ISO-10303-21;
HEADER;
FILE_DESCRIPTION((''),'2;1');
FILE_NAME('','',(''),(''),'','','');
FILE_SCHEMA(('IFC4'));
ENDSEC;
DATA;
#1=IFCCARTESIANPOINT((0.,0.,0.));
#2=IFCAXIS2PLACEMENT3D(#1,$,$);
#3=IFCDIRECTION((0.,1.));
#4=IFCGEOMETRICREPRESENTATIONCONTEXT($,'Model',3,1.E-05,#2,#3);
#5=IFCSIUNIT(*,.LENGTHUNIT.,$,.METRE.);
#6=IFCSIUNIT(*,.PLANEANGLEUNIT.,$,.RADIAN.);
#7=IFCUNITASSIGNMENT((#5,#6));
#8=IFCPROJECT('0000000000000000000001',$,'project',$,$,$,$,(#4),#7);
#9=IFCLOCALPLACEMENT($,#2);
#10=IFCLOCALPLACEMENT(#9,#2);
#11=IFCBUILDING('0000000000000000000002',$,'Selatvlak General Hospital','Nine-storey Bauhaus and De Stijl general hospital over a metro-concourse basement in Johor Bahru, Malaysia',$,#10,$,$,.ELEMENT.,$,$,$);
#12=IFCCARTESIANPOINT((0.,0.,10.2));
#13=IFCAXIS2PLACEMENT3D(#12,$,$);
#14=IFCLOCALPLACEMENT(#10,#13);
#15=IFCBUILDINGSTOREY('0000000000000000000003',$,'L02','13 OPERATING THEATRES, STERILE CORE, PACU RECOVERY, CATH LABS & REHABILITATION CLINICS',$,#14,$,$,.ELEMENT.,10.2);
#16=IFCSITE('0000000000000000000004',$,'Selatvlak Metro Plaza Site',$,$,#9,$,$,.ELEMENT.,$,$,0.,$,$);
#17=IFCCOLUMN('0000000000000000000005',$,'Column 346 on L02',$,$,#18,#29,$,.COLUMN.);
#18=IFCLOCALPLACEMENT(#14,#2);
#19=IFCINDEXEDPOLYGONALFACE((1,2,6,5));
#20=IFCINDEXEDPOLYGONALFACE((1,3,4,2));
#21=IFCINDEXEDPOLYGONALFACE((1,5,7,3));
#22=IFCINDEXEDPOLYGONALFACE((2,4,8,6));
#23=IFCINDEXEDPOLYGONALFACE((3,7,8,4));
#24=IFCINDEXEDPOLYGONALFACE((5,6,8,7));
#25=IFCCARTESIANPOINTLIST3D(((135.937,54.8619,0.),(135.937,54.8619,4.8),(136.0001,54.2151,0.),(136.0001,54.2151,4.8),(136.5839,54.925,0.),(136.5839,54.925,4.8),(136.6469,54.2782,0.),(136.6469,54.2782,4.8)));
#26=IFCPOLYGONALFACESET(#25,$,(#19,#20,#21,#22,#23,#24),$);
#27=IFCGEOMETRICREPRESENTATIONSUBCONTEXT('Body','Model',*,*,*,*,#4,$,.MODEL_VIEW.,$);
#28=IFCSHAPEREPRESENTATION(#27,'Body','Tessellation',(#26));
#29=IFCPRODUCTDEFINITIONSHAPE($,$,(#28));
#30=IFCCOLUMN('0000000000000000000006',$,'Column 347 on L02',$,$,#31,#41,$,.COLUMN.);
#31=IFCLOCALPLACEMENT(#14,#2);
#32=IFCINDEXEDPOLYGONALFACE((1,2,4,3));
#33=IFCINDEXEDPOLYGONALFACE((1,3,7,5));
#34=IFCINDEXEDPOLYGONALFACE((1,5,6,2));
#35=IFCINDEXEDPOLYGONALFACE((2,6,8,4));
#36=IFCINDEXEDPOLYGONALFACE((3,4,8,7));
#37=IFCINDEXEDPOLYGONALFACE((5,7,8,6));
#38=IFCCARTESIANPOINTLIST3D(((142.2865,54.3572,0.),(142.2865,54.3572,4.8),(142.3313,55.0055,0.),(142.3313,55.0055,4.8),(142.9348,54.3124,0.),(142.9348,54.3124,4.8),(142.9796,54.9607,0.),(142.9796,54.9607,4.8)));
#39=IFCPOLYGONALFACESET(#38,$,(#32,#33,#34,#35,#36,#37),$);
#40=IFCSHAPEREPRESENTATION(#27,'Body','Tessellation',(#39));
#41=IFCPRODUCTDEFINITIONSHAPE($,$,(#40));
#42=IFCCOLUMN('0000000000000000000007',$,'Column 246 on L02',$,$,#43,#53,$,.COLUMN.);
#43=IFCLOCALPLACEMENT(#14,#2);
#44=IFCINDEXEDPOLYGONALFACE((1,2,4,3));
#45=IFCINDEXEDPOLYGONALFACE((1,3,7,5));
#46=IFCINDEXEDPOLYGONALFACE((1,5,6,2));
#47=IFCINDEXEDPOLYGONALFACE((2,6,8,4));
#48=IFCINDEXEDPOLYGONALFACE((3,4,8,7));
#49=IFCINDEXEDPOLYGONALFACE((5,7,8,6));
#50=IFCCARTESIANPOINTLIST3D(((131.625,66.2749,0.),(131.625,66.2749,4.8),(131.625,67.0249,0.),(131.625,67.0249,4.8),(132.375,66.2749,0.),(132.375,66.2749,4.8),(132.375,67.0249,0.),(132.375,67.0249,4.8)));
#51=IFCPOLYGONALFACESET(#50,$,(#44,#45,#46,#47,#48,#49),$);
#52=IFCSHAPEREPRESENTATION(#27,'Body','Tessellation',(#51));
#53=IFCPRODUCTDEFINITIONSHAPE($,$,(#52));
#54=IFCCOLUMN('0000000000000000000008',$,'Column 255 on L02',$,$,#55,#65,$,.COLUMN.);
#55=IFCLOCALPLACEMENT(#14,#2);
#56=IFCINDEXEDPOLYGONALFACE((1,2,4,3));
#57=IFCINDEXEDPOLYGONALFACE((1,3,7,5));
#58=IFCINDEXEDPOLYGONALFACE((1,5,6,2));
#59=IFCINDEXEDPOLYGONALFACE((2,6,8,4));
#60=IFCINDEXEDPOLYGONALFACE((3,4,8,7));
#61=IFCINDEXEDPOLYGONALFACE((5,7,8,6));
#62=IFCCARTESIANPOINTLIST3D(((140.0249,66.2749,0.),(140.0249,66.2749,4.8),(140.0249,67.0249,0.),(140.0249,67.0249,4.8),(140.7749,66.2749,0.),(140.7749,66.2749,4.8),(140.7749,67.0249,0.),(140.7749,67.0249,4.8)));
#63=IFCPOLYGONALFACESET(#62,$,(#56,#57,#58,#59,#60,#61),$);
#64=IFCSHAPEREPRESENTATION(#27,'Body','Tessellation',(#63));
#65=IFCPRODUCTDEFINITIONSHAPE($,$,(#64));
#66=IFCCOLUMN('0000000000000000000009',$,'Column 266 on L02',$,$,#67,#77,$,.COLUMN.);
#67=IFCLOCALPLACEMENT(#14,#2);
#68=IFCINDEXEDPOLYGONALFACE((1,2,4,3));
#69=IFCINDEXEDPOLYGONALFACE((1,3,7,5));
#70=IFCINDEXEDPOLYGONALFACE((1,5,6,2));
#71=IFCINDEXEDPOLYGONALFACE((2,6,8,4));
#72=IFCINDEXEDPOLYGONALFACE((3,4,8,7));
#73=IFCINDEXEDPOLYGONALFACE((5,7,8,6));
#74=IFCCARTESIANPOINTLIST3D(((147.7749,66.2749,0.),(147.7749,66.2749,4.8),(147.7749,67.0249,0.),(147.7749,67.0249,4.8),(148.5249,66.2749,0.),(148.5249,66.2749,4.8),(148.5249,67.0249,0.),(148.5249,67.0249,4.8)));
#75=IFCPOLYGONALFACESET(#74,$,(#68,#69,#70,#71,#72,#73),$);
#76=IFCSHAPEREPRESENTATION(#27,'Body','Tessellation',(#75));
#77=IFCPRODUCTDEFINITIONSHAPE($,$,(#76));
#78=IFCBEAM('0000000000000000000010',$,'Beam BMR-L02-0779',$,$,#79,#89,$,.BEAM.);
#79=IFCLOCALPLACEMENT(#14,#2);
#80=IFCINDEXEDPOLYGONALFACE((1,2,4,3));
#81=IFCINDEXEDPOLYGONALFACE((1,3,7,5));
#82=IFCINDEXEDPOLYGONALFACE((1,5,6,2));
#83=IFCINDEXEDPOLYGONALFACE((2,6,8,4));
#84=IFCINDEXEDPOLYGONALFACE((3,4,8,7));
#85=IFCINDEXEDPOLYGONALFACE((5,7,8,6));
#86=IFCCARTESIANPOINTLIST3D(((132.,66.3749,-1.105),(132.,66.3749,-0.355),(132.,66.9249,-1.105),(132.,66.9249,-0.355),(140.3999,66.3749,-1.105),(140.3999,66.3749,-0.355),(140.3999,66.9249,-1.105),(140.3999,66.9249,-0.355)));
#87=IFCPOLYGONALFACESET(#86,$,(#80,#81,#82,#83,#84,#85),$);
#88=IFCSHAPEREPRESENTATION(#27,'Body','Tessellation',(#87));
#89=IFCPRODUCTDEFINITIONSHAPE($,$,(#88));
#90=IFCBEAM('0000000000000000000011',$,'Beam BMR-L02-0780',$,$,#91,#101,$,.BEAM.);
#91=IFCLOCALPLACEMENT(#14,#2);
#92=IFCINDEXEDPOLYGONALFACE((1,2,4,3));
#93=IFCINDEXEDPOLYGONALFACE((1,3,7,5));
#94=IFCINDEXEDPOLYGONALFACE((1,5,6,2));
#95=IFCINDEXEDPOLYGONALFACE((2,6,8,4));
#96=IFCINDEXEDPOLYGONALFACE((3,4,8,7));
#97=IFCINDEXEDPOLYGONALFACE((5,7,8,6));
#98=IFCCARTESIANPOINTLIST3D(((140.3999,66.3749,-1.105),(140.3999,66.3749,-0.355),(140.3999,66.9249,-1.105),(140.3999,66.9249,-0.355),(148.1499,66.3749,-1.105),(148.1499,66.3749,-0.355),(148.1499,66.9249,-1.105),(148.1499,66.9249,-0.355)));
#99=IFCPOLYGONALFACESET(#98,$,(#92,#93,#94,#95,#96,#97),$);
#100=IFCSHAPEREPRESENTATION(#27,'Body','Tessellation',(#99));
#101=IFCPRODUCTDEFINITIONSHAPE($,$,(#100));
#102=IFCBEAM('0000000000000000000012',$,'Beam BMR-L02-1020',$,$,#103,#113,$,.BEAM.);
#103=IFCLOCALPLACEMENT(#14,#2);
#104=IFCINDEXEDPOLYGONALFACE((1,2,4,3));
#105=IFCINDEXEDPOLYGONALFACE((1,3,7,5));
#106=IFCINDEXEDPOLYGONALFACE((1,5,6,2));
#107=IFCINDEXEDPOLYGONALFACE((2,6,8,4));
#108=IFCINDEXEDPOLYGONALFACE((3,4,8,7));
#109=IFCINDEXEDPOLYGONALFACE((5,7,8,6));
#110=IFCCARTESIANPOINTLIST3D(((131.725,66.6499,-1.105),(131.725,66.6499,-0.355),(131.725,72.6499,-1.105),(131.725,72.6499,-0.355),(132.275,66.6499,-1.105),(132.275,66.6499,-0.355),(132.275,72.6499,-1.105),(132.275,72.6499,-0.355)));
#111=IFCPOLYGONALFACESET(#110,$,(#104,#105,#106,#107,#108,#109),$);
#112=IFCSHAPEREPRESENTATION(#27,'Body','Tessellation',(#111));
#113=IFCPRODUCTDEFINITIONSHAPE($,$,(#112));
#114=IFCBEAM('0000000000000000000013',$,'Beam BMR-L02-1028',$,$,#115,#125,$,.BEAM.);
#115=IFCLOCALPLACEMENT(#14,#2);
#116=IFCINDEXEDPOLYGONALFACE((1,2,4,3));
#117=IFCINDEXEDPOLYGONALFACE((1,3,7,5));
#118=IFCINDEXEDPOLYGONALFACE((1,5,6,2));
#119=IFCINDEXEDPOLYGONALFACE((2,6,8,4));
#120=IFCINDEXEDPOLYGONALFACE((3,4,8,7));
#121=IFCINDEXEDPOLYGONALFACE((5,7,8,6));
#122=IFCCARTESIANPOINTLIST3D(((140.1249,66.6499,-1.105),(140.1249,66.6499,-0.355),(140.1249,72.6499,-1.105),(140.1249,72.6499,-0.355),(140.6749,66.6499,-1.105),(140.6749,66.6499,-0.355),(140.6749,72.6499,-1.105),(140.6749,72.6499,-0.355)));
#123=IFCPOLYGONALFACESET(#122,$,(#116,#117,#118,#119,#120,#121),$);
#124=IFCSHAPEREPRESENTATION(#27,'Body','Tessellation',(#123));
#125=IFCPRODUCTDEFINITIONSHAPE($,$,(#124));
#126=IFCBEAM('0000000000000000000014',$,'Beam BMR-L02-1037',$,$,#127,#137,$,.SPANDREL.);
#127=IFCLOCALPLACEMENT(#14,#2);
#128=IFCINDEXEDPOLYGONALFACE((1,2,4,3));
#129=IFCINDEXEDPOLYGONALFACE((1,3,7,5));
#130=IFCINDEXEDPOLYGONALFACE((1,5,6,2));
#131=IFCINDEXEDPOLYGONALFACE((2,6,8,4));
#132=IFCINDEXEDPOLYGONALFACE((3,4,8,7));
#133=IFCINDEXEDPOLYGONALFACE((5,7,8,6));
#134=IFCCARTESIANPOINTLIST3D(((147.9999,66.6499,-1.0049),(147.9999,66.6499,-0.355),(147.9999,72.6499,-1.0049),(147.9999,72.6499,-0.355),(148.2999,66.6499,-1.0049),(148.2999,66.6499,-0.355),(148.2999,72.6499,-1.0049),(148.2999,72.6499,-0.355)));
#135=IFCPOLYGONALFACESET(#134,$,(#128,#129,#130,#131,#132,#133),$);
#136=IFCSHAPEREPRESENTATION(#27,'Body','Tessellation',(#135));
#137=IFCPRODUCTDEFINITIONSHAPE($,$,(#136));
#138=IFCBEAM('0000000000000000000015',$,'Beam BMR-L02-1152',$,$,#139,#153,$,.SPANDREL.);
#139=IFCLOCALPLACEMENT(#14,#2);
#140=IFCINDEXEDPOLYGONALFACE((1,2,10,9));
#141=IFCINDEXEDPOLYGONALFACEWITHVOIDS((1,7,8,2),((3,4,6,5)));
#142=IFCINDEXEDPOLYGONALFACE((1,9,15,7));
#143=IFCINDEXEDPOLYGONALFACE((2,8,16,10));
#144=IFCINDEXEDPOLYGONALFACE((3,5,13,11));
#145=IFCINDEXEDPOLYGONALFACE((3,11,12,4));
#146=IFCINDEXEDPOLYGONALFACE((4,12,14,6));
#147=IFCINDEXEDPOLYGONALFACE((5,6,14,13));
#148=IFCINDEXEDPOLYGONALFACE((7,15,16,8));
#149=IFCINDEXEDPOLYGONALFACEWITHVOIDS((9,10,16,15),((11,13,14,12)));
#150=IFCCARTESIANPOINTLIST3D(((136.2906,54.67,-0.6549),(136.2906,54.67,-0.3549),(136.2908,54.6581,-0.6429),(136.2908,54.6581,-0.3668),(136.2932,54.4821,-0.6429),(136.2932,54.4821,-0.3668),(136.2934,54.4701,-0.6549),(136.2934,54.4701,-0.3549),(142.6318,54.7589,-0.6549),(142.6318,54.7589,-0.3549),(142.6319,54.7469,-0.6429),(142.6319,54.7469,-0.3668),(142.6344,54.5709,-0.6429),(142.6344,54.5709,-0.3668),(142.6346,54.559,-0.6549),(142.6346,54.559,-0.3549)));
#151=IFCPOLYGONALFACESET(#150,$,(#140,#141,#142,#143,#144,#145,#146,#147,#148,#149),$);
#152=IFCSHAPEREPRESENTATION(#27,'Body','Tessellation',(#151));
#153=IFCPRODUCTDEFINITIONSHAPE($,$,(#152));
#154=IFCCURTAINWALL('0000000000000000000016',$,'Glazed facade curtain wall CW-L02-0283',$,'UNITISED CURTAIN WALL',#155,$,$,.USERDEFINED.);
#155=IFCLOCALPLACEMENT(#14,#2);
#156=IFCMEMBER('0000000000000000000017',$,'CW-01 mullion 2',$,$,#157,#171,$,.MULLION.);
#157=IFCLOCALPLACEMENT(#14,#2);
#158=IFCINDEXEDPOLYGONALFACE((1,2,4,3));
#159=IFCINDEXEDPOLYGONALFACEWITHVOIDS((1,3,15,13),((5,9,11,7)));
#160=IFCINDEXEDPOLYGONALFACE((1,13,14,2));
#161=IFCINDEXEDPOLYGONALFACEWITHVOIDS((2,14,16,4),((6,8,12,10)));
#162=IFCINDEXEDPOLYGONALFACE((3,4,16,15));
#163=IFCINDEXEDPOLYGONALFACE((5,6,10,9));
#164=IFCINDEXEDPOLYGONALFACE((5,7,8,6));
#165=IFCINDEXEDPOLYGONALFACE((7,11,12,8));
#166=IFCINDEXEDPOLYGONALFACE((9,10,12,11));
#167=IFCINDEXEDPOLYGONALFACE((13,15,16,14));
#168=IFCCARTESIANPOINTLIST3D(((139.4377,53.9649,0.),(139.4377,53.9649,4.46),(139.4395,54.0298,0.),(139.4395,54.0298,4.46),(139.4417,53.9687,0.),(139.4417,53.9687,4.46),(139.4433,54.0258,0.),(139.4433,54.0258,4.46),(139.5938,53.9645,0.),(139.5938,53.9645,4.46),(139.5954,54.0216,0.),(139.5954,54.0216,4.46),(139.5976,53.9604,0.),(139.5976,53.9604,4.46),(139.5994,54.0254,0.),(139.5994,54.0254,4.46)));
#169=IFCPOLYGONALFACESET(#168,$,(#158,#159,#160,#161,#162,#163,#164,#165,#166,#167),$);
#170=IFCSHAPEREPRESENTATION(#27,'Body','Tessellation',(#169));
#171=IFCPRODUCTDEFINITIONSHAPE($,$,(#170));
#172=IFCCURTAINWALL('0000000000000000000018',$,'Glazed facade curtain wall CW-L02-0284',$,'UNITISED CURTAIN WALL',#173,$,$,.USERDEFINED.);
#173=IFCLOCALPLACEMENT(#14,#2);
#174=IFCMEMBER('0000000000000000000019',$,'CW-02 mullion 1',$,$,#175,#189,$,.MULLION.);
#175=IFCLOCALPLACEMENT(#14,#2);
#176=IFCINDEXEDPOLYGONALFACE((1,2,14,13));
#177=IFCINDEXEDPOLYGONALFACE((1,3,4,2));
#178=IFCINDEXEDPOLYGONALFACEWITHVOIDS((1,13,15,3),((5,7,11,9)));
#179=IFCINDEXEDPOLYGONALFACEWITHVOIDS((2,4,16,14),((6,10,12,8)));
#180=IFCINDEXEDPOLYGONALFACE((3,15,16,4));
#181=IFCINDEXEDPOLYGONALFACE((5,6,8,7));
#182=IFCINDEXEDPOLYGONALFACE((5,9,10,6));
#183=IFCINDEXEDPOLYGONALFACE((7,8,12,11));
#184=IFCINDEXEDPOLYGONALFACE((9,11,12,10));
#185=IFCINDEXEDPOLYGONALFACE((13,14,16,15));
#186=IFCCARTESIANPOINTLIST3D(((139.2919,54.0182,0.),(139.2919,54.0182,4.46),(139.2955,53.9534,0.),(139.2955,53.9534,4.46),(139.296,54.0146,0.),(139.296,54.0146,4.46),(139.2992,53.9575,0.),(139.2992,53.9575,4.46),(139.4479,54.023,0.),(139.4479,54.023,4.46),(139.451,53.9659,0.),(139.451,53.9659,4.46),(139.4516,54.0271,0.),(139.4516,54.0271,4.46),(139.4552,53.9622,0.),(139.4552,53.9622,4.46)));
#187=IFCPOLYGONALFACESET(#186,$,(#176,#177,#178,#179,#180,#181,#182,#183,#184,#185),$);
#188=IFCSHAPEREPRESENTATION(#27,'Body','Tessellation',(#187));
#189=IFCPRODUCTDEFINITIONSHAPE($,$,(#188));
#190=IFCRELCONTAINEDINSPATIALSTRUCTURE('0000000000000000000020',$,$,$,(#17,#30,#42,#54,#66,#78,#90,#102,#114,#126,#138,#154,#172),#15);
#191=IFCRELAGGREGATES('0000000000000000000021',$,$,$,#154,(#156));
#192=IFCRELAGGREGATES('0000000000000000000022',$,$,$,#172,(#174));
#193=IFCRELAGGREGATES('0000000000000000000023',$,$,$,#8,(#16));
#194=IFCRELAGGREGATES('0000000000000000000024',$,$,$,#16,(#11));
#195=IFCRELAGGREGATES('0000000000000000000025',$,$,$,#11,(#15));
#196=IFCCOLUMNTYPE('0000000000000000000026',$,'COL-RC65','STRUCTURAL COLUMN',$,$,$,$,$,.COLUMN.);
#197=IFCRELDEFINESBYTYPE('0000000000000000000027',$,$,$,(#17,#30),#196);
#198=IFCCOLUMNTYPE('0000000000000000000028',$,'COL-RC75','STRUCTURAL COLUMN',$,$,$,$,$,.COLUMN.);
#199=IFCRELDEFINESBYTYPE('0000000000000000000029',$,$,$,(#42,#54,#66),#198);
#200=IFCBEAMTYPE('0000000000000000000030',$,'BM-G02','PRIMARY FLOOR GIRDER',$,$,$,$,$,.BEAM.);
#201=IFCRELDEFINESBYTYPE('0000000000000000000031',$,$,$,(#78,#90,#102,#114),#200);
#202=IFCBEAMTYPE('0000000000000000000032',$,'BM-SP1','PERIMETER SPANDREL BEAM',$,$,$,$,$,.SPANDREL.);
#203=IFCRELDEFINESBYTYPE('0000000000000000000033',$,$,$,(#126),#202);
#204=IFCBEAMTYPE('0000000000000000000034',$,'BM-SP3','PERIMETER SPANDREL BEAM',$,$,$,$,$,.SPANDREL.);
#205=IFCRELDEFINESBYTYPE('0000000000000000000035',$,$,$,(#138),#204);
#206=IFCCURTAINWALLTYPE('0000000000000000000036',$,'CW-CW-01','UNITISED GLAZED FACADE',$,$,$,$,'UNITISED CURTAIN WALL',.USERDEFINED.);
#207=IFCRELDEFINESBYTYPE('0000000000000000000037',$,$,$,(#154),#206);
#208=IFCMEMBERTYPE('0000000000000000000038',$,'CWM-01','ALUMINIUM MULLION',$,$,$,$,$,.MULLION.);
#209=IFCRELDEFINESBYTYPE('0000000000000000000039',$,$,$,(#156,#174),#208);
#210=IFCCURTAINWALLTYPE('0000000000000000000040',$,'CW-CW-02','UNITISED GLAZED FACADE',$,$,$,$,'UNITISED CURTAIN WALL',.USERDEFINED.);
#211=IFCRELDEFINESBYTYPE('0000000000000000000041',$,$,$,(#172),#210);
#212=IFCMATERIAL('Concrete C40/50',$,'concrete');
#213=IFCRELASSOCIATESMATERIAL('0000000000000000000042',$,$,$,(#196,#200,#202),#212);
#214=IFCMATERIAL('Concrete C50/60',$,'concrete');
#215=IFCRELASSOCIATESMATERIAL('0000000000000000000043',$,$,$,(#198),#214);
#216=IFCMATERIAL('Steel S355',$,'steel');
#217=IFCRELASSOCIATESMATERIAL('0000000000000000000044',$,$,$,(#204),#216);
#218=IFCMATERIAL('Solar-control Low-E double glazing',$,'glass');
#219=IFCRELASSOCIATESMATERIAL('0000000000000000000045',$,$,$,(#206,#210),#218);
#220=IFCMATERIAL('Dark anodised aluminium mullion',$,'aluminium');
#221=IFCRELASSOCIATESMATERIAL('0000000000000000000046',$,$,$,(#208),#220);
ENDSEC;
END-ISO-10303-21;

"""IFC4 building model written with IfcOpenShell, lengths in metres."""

from ifc_helpers import new_model, si_unit, direction, frame, origin, origin_2d, place, context, subcontext, project, spatial, rectangle, hollow_rectangle, extrude, material, material_profile, profile_set, type_object, element, aggregate, save


model = new_model("IFC4")

# Units and contexts
model_context = context("Model", 3, precision=1e-05, world=origin(), true_north=direction((0.0, 1.0)))
body_context = subcontext(model_context, "Body", "Model", "MODEL_VIEW")
ifc_project = project(units=[si_unit("LENGTHUNIT", "METRE"), si_unit("PLANEANGLEUNIT", "RADIAN")], contexts=[model_context])

# Site, building, storey
site_placement = place(None, origin())
site = spatial("IfcSite", under=ifc_project, at=site_placement, Name="Selatvlak Metro Plaza Site", CompositionType="ELEMENT", RefElevation=0.0)
building_placement = place(site_placement, origin())
building = spatial("IfcBuilding", under=site, at=building_placement, Name="Selatvlak General Hospital", Description="Nine-storey Bauhaus and De Stijl general hospital over a metro-concourse basement in Johor Bahru, Malaysia", CompositionType="ELEMENT")
storey_placement = place(building_placement, frame((0.0, 0.0, 10.2)))
storey = spatial("IfcBuildingStorey", under=building, at=storey_placement, Name="L02", Description="13 OPERATING THEATRES, STERILE CORE, PACU RECOVERY, CATH LABS & REHABILITATION CLINICS", CompositionType="ELEMENT", Elevation=10.2)

# Columns
ifc_material_1 = material(Name="Concrete C40/50", Category="concrete")
ifc_material_profile_1 = material_profile(ifc_material_1, rectangle(XDim=0.6499, YDim=0.6499, at=origin_2d()), Name="RC-COL 650x650")
ifc_profile_set_1 = profile_set([ifc_material_profile_1], Name="Concrete C40/50")
column_type_1 = type_object("IfcColumnType", Name="COL-RC65", Description="STRUCTURAL COLUMN", PredefinedType="COLUMN", material=ifc_profile_set_1)
for number, where, z_axis, x_axis, name in (
    (1, (136.292, 54.5701, 0.0), (0.0, 0.0, 1.0), (-0.097062, 0.995278, 0.0), "Column 346 on L02"),
    (2, (142.6331, 54.6589, 0.0), (0.0, 0.0, 1.0), (0.068938, 0.997621, 0.0), "Column 347 on L02"),
):
    element("IfcColumn", number, at=place(storey_placement, frame(where, z_axis=z_axis, x_axis=x_axis)), inside=storey, type_object=column_type_1, Name=name, PredefinedType="COLUMN", context=body_context, shape_type="SweptSolid", body=[
        extrude(rectangle(XDim=0.6499, YDim=0.6499, at=origin_2d()), origin(), (0.0, 0.0, 1.0), 4.8),
    ])
ifc_material_2 = material(Name="Concrete C50/60", Category="concrete")
ifc_material_profile_2 = material_profile(ifc_material_2, rectangle(XDim=0.75, YDim=0.75, at=origin_2d()), Name="RC-COL 750x750")
ifc_profile_set_2 = profile_set([ifc_material_profile_2], Name="Concrete C50/60")
column_type_2 = type_object("IfcColumnType", Name="COL-RC75", Description="STRUCTURAL COLUMN", PredefinedType="COLUMN", material=ifc_profile_set_2)
for number, where, z_axis, x_axis, name in (
    (3, (132.0, 66.6499, 0.0), (0.0, 0.0, 1.0), (1.0, 0.0, 0.0), "Column 246 on L02"),
    (4, (140.3999, 66.6499, 0.0), (0.0, 0.0, 1.0), (1.0, 0.0, 0.0), "Column 255 on L02"),
    (5, (148.1499, 66.6499, 0.0), (0.0, 0.0, 1.0), (1.0, 0.0, 0.0), "Column 266 on L02"),
):
    element("IfcColumn", number, at=place(storey_placement, frame(where, z_axis=z_axis, x_axis=x_axis)), inside=storey, type_object=column_type_2, Name=name, PredefinedType="COLUMN", context=body_context, shape_type="SweptSolid", body=[
        extrude(rectangle(XDim=0.75, YDim=0.75, at=origin_2d()), origin(), (0.0, 0.0, 1.0), 4.8),
    ])

# Beams
ifc_material_profile_3 = material_profile(ifc_material_1, rectangle(XDim=0.55, YDim=0.75, at=origin_2d()), Name="RC-BM 550x750")
ifc_profile_set_3 = profile_set([ifc_material_profile_3], Name="Concrete C40/50")
beam_type_1 = type_object("IfcBeamType", Name="BM-G02", Description="PRIMARY FLOOR GIRDER", PredefinedType="BEAM", material=ifc_profile_set_3)
beam_1_placement = place(storey_placement, frame((132.0, 66.6499, -0.73), z_axis=(1.0, 0.0, 0.0), x_axis=(0.0, 1.0, 0.0)))
element("IfcBeam", 6, at=beam_1_placement, inside=storey, type_object=beam_type_1, Name="Beam BMR-L02-0779", PredefinedType="BEAM", context=body_context, shape_type="SweptSolid", body=[
    extrude(rectangle(XDim=0.55, YDim=0.75, at=origin_2d()), origin(), (0.0, 0.0, 1.0), 8.3999),
])
beam_2_placement = place(storey_placement, frame((140.3999, 66.6499, -0.73), z_axis=(1.0, 0.0, 0.0), x_axis=(0.0, 1.0, 0.0)))
element("IfcBeam", 7, at=beam_2_placement, inside=storey, type_object=beam_type_1, Name="Beam BMR-L02-0780", PredefinedType="BEAM", context=body_context, shape_type="SweptSolid", body=[
    extrude(rectangle(XDim=0.55, YDim=0.75, at=origin_2d()), origin(), (0.0, 0.0, 1.0), 7.75),
])
for number, where, z_axis, x_axis, name in (
    (8, (132.0, 66.6499, -0.73), (0.0, 1.0, 0.0), (-1.0, 0.0, 0.0), "Beam BMR-L02-1020"),
    (9, (140.3999, 66.6499, -0.73), (0.0, 1.0, 0.0), (-1.0, 0.0, 0.0), "Beam BMR-L02-1028"),
):
    element("IfcBeam", number, at=place(storey_placement, frame(where, z_axis=z_axis, x_axis=x_axis)), inside=storey, type_object=beam_type_1, Name=name, PredefinedType="BEAM", context=body_context, shape_type="SweptSolid", body=[
        extrude(rectangle(XDim=0.55, YDim=0.75, at=origin_2d()), origin(), (0.0, 0.0, 1.0), 6.0),
    ])
ifc_material_profile_4 = material_profile(ifc_material_1, rectangle(XDim=0.3, YDim=0.6499, at=origin_2d()), Name="RC-SP 300x650")
ifc_profile_set_4 = profile_set([ifc_material_profile_4], Name="Concrete C40/50")
beam_type_2 = type_object("IfcBeamType", Name="BM-SP1", Description="PERIMETER SPANDREL BEAM", PredefinedType="SPANDREL", material=ifc_profile_set_4)
beam_3_placement = place(storey_placement, frame((148.1499, 66.6499, -0.6799), z_axis=(0.0, 1.0, 0.0), x_axis=(-1.0, 0.0, 0.0)))
element("IfcBeam", 10, at=beam_3_placement, inside=storey, type_object=beam_type_2, Name="Beam BMR-L02-1037", PredefinedType="SPANDREL", context=body_context, shape_type="SweptSolid", body=[
    extrude(rectangle(XDim=0.3, YDim=0.6499, at=origin_2d()), origin(), (0.0, 0.0, 1.0), 6.0),
])
ifc_material_3 = material(Name="Steel S355", Category="steel")
ifc_material_profile_5 = material_profile(ifc_material_3, hollow_rectangle(XDim=0.2, YDim=0.3, WallThickness=0.012, at=origin_2d()), Name="RHS 300x200x12")
ifc_profile_set_5 = profile_set([ifc_material_profile_5], Name="Steel S355")
beam_type_3 = type_object("IfcBeamType", Name="BM-SP3", Description="PERIMETER SPANDREL BEAM", PredefinedType="SPANDREL", material=ifc_profile_set_5)
beam_4_placement = place(storey_placement, frame((136.292, 54.5701, -0.5049), z_axis=(0.999902, 0.014013, 0.0), x_axis=(-0.014013, 0.999902, 0.0)))
element("IfcBeam", 11, at=beam_4_placement, inside=storey, type_object=beam_type_3, Name="Beam BMR-L02-1152", PredefinedType="SPANDREL", context=body_context, shape_type="SweptSolid", body=[
    extrude(hollow_rectangle(XDim=0.2, YDim=0.3, WallThickness=0.012, at=origin_2d()), origin(), (0.0, 0.0, 1.0), 6.3418),
])

# Curtain wall, member
ifc_material_4 = material(Name="Solar-control Low-E double glazing", Category="glass")
curtain_wall_type_1 = type_object("IfcCurtainWallType", Name="CW-CW-01", Description="UNITISED GLAZED FACADE", ElementType="UNITISED CURTAIN WALL", PredefinedType="USERDEFINED", material=ifc_material_4)
curtain_wall_1_placement = place(storey_placement, origin())
curtain_wall_1 = element("IfcCurtainWall", 12, at=curtain_wall_1_placement, inside=storey, type_object=curtain_wall_type_1, Name="Glazed facade curtain wall CW-L02-0283", ObjectType="UNITISED CURTAIN WALL", PredefinedType="USERDEFINED")
ifc_material_5 = material(Name="Dark anodised aluminium mullion", Category="aluminium")
ifc_material_profile_6 = material_profile(ifc_material_5, hollow_rectangle(XDim=0.0649, YDim=0.1599, WallThickness=0.0039, at=origin_2d()), Name="AL-MUL 65x160x4")
ifc_profile_set_6 = profile_set([ifc_material_profile_6], Name="Dark anodised aluminium mullion")
member_type_1 = type_object("IfcMemberType", Name="CWM-01", Description="ALUMINIUM MULLION", PredefinedType="MULLION", material=ifc_profile_set_6)
member_1_placement = place(storey_placement, frame((139.5186, 53.9951, 0.0), z_axis=(0.0, 0.0, 1.0), x_axis=(-0.027694, -0.999616, 0.0)))
member_1 = element("IfcMember", 13, at=member_1_placement, type_object=member_type_1, Name="CW-01 mullion 2", PredefinedType="MULLION", context=body_context, shape_type="SweptSolid", body=[
    extrude(hollow_rectangle(XDim=0.0649, YDim=0.1599, WallThickness=0.0039, at=origin_2d()), origin(), (0.0, 0.0, 1.0), 4.46),
])
aggregate(curtain_wall_1, [member_1])

# Curtain wall, member
curtain_wall_type_2 = type_object("IfcCurtainWallType", Name="CW-CW-02", Description="UNITISED GLAZED FACADE", ElementType="UNITISED CURTAIN WALL", PredefinedType="USERDEFINED", material=ifc_material_4)
curtain_wall_2_placement = place(storey_placement, origin())
curtain_wall_2 = element("IfcCurtainWall", 14, at=curtain_wall_2_placement, inside=storey, type_object=curtain_wall_type_2, Name="Glazed facade curtain wall CW-L02-0284", ObjectType="UNITISED CURTAIN WALL", PredefinedType="USERDEFINED")
member_2_placement = place(storey_placement, frame((139.3735, 53.9902, 0.0), z_axis=(0.0, 0.0, 1.0), x_axis=(0.055159, -0.998478, 0.0)))
member_2 = element("IfcMember", 15, at=member_2_placement, type_object=member_type_1, Name="CW-02 mullion 1", PredefinedType="MULLION", context=body_context, shape_type="SweptSolid", body=[
    extrude(hollow_rectangle(XDim=0.0649, YDim=0.1599, WallThickness=0.0039, at=origin_2d()), origin(), (0.0, 0.0, 1.0), 4.46),
])
aggregate(curtain_wall_2, [member_2])

save(model, "model.ifc")
